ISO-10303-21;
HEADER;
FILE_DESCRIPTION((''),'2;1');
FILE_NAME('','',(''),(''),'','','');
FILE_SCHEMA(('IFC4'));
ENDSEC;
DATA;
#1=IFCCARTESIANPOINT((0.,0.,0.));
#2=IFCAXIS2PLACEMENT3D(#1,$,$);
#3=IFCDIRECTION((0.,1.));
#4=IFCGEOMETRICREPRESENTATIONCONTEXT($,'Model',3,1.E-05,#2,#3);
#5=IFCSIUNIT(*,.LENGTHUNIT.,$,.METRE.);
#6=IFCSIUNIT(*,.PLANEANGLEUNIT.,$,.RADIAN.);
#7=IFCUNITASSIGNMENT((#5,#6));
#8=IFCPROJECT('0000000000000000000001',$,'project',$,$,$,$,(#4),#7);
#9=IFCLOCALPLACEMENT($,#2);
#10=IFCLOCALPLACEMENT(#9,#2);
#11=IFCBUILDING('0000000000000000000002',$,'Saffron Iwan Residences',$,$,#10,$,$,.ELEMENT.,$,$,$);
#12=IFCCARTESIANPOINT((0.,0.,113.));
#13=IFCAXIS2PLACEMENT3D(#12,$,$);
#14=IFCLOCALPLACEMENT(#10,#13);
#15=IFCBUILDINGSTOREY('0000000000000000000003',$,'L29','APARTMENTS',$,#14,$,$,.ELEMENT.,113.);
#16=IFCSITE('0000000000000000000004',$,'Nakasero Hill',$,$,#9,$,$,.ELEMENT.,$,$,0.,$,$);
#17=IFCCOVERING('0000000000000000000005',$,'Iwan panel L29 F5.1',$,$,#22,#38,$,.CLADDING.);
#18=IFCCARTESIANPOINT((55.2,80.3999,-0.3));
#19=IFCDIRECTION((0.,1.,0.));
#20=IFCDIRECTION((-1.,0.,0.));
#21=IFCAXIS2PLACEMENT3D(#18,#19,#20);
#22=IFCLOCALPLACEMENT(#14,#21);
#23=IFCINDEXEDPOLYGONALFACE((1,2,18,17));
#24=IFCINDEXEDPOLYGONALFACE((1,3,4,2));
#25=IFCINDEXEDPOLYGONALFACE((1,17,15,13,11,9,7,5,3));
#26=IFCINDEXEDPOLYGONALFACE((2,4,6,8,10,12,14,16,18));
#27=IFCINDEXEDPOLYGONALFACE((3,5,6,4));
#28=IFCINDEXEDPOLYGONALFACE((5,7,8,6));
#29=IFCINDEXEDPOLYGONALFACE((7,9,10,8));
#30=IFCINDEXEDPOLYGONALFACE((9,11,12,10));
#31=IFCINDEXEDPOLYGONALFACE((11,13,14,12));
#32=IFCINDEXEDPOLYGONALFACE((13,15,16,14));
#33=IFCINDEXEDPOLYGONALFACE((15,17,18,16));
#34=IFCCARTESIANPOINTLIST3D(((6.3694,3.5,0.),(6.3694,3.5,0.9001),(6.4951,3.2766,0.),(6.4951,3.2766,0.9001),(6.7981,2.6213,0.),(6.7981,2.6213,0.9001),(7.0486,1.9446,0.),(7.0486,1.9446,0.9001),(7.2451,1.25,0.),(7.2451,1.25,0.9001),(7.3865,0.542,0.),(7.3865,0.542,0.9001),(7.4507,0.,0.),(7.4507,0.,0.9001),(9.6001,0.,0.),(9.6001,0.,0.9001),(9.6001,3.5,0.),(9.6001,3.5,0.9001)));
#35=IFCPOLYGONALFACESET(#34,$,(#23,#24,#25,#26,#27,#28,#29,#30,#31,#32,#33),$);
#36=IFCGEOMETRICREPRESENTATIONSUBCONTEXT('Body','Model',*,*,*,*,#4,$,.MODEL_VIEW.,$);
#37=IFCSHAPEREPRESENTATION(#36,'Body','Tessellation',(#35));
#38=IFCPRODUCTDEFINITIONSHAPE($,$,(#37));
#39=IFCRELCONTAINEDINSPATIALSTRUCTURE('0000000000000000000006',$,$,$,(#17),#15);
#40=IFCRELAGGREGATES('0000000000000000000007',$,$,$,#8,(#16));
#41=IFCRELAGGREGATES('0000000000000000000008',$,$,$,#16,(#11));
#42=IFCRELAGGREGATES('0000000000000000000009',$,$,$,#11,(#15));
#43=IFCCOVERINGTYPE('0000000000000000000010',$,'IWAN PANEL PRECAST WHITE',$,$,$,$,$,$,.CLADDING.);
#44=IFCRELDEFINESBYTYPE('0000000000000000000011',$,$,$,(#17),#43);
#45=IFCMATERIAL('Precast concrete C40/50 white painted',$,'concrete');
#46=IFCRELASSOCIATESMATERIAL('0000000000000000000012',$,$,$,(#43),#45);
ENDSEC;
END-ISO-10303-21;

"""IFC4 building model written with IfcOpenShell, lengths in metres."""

from ifc_helpers import new_model, si_unit, direction, frame, origin, place, context, subcontext, project, spatial, polyline, outline, extrude, material, type_object, element, save


model = new_model("IFC4")

# Units and contexts
model_context = context("Model", 3, precision=1e-05, world=origin(), true_north=direction((0.0, 1.0)))
body_context = subcontext(model_context, "Body", "Model", "MODEL_VIEW")
ifc_project = project(units=[si_unit("LENGTHUNIT", "METRE"), si_unit("PLANEANGLEUNIT", "RADIAN")], contexts=[model_context])

# Site, building, storey
site_placement = place(None, origin())
site = spatial("IfcSite", under=ifc_project, at=site_placement, Name="Nakasero Hill", CompositionType="ELEMENT", RefElevation=0.0)
building_placement = place(site_placement, origin())
building = spatial("IfcBuilding", under=site, at=building_placement, Name="Saffron Iwan Residences", CompositionType="ELEMENT")
storey_placement = place(building_placement, frame((0.0, 0.0, 113.0)))
storey = spatial("IfcBuildingStorey", under=building, at=storey_placement, Name="L29", Description="APARTMENTS", CompositionType="ELEMENT", Elevation=113.0)

# Covering
ifc_material_1 = material(Name="Precast concrete C40/50 white painted", Category="concrete")
covering_type = type_object("IfcCoveringType", Name="IWAN PANEL PRECAST WHITE", PredefinedType="CLADDING", material=ifc_material_1)
covering_1_placement = place(storey_placement, frame((55.2, 80.3999, -0.3), z_axis=(0.0, 1.0, 0.0), x_axis=(-1.0, 0.0, 0.0)))
element("IfcCovering", 1, at=covering_1_placement, inside=storey, type_object=covering_type, Name="Iwan panel L29 F5.1", PredefinedType="CLADDING", context=body_context, shape_type="SweptSolid", body=[
    extrude(outline(polyline([(9.6001, 3.5), (9.6001, 0.0), (7.4507, 0.0), (7.3865, 0.542), (7.2451, 1.25), (7.0486, 1.9446), (6.7981, 2.6213), (6.4951, 3.2766), (6.3694, 3.5), (9.6001, 3.5)])), origin(), (0.0, 0.0, 1.0), 0.9001),
])

save(model, "model.ifc")
